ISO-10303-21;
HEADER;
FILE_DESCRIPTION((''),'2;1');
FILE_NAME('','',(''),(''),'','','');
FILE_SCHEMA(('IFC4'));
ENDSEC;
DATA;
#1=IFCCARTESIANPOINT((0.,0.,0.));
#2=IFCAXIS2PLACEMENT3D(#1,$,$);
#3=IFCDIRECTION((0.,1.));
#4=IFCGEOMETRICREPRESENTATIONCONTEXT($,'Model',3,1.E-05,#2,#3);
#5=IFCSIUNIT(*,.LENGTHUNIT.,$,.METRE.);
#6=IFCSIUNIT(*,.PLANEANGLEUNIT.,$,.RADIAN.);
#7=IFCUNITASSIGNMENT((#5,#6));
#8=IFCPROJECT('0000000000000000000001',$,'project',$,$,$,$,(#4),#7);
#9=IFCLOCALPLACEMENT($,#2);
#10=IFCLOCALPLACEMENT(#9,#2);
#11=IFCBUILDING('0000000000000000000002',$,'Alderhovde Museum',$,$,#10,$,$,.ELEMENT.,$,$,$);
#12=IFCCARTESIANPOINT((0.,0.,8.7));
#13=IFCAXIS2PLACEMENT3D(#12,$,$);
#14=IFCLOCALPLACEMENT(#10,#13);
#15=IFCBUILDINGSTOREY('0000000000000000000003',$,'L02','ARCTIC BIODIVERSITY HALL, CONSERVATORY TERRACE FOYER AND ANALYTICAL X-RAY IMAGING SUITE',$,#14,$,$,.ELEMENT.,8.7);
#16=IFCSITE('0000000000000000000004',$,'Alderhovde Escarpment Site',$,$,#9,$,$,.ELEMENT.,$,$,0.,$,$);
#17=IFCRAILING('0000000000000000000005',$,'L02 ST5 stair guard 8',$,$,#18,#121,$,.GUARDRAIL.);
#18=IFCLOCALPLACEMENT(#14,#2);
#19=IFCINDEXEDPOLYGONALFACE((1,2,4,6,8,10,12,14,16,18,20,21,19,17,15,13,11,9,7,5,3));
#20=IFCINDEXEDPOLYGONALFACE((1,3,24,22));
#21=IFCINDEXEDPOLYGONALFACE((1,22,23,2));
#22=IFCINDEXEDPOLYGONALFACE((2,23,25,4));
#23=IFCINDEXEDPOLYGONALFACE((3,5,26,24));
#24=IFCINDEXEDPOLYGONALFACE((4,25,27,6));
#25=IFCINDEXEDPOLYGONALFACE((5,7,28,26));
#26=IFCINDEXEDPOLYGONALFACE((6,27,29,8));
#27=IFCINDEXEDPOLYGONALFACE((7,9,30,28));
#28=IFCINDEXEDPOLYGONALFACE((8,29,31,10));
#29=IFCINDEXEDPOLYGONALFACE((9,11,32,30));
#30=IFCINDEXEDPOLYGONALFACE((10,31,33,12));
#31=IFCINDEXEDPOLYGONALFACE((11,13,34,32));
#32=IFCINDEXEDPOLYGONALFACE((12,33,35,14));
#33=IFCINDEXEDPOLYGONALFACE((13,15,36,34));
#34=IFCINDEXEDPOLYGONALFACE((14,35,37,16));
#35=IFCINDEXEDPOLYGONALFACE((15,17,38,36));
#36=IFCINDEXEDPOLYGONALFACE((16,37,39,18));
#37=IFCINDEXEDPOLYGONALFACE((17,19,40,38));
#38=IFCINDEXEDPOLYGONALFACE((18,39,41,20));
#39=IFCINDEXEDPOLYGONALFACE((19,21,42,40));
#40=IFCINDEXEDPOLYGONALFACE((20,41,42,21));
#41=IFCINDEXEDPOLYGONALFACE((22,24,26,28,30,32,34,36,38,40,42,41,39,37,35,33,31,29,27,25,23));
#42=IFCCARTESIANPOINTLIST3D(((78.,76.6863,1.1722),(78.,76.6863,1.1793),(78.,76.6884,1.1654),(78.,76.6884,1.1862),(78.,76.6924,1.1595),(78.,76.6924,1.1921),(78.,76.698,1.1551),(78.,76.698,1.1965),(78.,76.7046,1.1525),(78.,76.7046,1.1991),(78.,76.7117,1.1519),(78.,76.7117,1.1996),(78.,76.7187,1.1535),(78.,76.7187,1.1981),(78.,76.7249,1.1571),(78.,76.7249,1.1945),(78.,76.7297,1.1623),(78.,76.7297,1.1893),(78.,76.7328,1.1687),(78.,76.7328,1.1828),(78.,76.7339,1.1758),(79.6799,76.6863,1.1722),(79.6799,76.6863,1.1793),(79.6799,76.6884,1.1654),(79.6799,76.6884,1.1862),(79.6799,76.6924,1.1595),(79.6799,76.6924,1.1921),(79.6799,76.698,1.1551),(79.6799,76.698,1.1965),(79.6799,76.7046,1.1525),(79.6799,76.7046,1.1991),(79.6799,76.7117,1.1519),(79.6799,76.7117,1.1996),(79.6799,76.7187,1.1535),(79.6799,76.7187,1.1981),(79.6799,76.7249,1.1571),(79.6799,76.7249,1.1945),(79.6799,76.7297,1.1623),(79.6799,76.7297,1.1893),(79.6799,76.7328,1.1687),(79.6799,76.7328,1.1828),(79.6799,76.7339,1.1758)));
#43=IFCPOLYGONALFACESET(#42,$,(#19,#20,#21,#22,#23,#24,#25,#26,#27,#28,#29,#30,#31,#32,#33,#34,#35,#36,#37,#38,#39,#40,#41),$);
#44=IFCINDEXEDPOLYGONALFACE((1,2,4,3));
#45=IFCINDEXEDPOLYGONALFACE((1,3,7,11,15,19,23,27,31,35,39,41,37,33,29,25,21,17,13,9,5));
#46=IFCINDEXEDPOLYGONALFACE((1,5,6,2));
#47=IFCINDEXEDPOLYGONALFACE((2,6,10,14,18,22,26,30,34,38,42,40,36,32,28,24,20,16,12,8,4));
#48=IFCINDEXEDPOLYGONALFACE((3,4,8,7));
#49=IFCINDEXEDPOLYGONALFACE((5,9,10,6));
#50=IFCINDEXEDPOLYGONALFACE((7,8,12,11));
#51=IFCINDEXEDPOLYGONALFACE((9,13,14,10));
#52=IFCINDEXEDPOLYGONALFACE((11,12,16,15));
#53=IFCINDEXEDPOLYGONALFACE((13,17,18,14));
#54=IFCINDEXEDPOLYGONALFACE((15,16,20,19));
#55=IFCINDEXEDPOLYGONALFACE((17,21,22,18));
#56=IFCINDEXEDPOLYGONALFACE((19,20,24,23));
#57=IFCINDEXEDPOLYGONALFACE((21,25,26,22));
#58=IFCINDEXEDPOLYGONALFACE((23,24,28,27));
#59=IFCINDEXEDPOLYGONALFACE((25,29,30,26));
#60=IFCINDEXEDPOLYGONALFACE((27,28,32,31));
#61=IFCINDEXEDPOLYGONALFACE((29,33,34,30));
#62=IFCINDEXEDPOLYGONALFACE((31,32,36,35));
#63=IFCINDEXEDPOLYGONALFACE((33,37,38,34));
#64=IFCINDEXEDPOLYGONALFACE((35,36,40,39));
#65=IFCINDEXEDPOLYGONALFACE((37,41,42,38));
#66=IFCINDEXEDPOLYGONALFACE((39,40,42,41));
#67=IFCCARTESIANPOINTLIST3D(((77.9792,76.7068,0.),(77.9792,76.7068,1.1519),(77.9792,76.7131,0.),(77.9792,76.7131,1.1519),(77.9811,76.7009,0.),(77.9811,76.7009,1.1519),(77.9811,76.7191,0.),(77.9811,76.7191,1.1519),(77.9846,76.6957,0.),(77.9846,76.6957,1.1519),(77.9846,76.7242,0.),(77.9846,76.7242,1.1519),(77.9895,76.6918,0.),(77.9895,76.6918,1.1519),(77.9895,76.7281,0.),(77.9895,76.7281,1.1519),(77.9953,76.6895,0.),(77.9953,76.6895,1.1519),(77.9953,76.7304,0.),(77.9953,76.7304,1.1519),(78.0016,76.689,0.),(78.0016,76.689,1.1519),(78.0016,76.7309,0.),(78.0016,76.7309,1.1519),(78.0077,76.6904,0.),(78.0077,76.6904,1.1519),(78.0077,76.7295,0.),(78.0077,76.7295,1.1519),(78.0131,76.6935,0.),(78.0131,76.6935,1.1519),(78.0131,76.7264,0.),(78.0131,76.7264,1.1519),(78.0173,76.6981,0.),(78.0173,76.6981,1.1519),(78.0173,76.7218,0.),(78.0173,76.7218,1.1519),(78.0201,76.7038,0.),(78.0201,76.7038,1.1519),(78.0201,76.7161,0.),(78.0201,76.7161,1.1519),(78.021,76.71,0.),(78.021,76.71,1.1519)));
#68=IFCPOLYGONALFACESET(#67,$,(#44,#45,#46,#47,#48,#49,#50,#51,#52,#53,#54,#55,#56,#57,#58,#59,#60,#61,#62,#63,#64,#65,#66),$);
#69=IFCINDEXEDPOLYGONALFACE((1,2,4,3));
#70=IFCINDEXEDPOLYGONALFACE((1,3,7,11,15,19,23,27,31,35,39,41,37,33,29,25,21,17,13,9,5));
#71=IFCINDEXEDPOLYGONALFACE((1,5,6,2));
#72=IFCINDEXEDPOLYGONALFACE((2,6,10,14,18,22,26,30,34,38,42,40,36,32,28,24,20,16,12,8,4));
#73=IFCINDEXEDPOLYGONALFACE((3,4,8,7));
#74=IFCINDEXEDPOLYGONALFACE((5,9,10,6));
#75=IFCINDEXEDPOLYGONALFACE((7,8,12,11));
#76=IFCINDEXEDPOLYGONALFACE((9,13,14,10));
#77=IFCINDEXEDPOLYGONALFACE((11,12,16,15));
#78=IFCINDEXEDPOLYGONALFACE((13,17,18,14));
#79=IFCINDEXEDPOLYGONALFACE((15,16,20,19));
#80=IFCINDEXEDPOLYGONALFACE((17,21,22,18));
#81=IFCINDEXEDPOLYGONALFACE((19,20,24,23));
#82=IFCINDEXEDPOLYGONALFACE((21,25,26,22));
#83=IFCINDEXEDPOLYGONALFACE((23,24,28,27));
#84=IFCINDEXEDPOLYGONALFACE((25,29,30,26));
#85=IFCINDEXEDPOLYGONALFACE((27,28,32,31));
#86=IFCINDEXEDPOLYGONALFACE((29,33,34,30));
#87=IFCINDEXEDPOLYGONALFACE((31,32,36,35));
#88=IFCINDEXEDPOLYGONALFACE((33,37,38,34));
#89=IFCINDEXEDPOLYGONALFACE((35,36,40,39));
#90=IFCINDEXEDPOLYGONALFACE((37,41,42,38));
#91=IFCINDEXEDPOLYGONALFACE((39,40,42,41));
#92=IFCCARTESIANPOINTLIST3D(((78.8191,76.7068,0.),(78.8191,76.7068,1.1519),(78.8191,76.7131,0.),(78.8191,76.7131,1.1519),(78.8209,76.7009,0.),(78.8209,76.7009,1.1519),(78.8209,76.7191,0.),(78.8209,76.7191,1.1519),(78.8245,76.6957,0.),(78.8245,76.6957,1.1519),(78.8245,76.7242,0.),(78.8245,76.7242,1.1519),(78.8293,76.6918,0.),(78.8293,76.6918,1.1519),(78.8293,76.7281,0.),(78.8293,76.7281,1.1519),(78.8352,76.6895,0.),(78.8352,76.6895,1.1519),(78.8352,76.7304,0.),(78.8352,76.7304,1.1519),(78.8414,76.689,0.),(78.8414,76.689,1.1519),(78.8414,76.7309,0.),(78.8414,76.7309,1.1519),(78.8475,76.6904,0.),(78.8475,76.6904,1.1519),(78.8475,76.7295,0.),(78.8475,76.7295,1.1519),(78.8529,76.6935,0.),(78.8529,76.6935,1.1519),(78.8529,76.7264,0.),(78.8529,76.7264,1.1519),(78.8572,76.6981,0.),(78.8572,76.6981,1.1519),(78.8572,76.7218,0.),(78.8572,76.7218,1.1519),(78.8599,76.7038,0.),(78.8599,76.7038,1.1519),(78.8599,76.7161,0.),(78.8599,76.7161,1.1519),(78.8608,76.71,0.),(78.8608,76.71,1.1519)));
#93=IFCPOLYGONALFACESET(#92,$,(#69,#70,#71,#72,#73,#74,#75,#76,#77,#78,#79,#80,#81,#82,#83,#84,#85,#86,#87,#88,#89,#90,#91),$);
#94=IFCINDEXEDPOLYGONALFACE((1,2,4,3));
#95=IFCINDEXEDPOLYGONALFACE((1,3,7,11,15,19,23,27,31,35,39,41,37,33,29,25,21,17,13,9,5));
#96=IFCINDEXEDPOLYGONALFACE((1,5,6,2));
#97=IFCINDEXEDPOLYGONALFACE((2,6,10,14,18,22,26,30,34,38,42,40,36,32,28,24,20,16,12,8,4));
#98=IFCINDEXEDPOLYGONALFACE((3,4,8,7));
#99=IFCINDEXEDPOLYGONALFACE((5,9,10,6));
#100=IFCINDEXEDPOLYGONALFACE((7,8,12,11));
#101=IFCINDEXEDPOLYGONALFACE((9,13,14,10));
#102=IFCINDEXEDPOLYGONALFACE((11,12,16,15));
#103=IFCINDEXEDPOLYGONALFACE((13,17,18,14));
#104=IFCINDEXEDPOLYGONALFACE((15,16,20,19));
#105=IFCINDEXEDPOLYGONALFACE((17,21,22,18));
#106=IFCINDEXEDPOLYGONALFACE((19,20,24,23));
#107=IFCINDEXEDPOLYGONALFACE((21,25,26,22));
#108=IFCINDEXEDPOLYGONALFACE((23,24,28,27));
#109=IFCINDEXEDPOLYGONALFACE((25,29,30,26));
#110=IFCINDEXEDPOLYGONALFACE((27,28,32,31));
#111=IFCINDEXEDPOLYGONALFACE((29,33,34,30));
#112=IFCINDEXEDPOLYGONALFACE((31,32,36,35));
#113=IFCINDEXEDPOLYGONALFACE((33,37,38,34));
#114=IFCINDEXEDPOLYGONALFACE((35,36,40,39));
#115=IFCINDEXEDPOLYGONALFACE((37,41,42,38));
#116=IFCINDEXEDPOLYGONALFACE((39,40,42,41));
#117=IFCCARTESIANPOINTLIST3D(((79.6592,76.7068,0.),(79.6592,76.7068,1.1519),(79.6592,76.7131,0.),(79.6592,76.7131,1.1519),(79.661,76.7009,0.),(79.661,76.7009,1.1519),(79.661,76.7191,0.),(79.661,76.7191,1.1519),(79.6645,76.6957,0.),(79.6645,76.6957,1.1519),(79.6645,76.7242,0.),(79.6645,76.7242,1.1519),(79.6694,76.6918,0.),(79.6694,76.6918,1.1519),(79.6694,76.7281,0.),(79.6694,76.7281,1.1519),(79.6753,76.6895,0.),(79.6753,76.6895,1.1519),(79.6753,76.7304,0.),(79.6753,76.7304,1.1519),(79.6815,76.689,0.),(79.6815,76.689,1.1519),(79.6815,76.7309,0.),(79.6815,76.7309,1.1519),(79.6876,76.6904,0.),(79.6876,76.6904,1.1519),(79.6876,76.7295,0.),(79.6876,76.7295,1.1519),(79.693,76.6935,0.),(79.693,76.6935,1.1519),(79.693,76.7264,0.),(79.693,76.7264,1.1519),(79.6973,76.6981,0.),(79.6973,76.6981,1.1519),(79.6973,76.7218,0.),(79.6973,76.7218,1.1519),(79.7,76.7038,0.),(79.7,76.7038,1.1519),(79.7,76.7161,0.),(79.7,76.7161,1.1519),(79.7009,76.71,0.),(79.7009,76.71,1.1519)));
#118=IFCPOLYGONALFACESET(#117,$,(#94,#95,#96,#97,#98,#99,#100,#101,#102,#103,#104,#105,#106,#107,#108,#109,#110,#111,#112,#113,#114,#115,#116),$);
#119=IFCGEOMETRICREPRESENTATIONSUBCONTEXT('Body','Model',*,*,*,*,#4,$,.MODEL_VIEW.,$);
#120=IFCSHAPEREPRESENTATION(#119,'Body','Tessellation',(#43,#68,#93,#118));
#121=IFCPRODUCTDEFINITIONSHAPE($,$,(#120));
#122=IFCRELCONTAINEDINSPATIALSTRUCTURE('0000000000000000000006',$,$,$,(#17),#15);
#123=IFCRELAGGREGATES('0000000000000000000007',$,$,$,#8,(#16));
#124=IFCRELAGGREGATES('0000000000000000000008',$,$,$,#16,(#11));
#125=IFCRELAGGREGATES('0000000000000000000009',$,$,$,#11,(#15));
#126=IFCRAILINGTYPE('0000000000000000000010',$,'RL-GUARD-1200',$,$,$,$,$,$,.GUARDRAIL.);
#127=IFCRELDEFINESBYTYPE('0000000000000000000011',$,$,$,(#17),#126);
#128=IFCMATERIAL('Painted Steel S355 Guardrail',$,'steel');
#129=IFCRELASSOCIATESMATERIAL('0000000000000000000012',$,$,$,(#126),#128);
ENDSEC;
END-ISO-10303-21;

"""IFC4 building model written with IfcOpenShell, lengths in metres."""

from ifc_helpers import new_model, si_unit, direction, frame, origin, origin_2d, place, context, subcontext, project, spatial, circle, extrude, material, type_object, element, save


model = new_model("IFC4")

# Units and contexts
model_context = context("Model", 3, precision=1e-05, world=origin(), true_north=direction((0.0, 1.0)))
body_context = subcontext(model_context, "Body", "Model", "MODEL_VIEW")
ifc_project = project(units=[si_unit("LENGTHUNIT", "METRE"), si_unit("PLANEANGLEUNIT", "RADIAN")], contexts=[model_context])

# Site, building, storey
site_placement = place(None, origin())
site = spatial("IfcSite", under=ifc_project, at=site_placement, Name="Alderhovde Escarpment Site", CompositionType="ELEMENT", RefElevation=0.0)
building_placement = place(site_placement, origin())
building = spatial("IfcBuilding", under=site, at=building_placement, Name="Alderhovde Museum", CompositionType="ELEMENT")
storey_placement = place(building_placement, frame((0.0, 0.0, 8.7)))
storey = spatial("IfcBuildingStorey", under=building, at=storey_placement, Name="L02", Description="ARCTIC BIODIVERSITY HALL, CONSERVATORY TERRACE FOYER AND ANALYTICAL X-RAY IMAGING SUITE", CompositionType="ELEMENT", Elevation=8.7)

# Railing
ifc_material_1 = material(Name="Painted Steel S355 Guardrail", Category="steel")
railing_type_1 = type_object("IfcRailingType", Name="RL-GUARD-1200", PredefinedType="GUARDRAIL", material=ifc_material_1)
for number, where, name in (
    (1, (78.0, 76.71, 0.0), "L02 ST5 stair guard 8"),
):
    element("IfcRailing", number, at=place(storey_placement, frame(where)), inside=storey, type_object=railing_type_1, Name=name, PredefinedType="GUARDRAIL", context=body_context, shape_type="SweptSolid", body=[
        extrude(circle(Radius=0.0239, at=origin_2d()), frame((0.0, 0.0, 1.1758), z_axis=(1.0, 0.0, 0.0), x_axis=(0.0, 1.0, 0.0)), (0.0, 0.0, 1.0), 1.6799),
        extrude(circle(Radius=0.021, at=origin_2d()), origin(), (0.0, 0.0, 1.0), 1.1519),
        extrude(circle(Radius=0.021, at=origin_2d()), frame((0.8398, 0.0, 0.0)), (0.0, 0.0, 1.0), 1.1519),
        extrude(circle(Radius=0.021, at=origin_2d()), frame((1.6799, 0.0, 0.0)), (0.0, 0.0, 1.0), 1.1519),
    ])

save(model, "model.ifc")
